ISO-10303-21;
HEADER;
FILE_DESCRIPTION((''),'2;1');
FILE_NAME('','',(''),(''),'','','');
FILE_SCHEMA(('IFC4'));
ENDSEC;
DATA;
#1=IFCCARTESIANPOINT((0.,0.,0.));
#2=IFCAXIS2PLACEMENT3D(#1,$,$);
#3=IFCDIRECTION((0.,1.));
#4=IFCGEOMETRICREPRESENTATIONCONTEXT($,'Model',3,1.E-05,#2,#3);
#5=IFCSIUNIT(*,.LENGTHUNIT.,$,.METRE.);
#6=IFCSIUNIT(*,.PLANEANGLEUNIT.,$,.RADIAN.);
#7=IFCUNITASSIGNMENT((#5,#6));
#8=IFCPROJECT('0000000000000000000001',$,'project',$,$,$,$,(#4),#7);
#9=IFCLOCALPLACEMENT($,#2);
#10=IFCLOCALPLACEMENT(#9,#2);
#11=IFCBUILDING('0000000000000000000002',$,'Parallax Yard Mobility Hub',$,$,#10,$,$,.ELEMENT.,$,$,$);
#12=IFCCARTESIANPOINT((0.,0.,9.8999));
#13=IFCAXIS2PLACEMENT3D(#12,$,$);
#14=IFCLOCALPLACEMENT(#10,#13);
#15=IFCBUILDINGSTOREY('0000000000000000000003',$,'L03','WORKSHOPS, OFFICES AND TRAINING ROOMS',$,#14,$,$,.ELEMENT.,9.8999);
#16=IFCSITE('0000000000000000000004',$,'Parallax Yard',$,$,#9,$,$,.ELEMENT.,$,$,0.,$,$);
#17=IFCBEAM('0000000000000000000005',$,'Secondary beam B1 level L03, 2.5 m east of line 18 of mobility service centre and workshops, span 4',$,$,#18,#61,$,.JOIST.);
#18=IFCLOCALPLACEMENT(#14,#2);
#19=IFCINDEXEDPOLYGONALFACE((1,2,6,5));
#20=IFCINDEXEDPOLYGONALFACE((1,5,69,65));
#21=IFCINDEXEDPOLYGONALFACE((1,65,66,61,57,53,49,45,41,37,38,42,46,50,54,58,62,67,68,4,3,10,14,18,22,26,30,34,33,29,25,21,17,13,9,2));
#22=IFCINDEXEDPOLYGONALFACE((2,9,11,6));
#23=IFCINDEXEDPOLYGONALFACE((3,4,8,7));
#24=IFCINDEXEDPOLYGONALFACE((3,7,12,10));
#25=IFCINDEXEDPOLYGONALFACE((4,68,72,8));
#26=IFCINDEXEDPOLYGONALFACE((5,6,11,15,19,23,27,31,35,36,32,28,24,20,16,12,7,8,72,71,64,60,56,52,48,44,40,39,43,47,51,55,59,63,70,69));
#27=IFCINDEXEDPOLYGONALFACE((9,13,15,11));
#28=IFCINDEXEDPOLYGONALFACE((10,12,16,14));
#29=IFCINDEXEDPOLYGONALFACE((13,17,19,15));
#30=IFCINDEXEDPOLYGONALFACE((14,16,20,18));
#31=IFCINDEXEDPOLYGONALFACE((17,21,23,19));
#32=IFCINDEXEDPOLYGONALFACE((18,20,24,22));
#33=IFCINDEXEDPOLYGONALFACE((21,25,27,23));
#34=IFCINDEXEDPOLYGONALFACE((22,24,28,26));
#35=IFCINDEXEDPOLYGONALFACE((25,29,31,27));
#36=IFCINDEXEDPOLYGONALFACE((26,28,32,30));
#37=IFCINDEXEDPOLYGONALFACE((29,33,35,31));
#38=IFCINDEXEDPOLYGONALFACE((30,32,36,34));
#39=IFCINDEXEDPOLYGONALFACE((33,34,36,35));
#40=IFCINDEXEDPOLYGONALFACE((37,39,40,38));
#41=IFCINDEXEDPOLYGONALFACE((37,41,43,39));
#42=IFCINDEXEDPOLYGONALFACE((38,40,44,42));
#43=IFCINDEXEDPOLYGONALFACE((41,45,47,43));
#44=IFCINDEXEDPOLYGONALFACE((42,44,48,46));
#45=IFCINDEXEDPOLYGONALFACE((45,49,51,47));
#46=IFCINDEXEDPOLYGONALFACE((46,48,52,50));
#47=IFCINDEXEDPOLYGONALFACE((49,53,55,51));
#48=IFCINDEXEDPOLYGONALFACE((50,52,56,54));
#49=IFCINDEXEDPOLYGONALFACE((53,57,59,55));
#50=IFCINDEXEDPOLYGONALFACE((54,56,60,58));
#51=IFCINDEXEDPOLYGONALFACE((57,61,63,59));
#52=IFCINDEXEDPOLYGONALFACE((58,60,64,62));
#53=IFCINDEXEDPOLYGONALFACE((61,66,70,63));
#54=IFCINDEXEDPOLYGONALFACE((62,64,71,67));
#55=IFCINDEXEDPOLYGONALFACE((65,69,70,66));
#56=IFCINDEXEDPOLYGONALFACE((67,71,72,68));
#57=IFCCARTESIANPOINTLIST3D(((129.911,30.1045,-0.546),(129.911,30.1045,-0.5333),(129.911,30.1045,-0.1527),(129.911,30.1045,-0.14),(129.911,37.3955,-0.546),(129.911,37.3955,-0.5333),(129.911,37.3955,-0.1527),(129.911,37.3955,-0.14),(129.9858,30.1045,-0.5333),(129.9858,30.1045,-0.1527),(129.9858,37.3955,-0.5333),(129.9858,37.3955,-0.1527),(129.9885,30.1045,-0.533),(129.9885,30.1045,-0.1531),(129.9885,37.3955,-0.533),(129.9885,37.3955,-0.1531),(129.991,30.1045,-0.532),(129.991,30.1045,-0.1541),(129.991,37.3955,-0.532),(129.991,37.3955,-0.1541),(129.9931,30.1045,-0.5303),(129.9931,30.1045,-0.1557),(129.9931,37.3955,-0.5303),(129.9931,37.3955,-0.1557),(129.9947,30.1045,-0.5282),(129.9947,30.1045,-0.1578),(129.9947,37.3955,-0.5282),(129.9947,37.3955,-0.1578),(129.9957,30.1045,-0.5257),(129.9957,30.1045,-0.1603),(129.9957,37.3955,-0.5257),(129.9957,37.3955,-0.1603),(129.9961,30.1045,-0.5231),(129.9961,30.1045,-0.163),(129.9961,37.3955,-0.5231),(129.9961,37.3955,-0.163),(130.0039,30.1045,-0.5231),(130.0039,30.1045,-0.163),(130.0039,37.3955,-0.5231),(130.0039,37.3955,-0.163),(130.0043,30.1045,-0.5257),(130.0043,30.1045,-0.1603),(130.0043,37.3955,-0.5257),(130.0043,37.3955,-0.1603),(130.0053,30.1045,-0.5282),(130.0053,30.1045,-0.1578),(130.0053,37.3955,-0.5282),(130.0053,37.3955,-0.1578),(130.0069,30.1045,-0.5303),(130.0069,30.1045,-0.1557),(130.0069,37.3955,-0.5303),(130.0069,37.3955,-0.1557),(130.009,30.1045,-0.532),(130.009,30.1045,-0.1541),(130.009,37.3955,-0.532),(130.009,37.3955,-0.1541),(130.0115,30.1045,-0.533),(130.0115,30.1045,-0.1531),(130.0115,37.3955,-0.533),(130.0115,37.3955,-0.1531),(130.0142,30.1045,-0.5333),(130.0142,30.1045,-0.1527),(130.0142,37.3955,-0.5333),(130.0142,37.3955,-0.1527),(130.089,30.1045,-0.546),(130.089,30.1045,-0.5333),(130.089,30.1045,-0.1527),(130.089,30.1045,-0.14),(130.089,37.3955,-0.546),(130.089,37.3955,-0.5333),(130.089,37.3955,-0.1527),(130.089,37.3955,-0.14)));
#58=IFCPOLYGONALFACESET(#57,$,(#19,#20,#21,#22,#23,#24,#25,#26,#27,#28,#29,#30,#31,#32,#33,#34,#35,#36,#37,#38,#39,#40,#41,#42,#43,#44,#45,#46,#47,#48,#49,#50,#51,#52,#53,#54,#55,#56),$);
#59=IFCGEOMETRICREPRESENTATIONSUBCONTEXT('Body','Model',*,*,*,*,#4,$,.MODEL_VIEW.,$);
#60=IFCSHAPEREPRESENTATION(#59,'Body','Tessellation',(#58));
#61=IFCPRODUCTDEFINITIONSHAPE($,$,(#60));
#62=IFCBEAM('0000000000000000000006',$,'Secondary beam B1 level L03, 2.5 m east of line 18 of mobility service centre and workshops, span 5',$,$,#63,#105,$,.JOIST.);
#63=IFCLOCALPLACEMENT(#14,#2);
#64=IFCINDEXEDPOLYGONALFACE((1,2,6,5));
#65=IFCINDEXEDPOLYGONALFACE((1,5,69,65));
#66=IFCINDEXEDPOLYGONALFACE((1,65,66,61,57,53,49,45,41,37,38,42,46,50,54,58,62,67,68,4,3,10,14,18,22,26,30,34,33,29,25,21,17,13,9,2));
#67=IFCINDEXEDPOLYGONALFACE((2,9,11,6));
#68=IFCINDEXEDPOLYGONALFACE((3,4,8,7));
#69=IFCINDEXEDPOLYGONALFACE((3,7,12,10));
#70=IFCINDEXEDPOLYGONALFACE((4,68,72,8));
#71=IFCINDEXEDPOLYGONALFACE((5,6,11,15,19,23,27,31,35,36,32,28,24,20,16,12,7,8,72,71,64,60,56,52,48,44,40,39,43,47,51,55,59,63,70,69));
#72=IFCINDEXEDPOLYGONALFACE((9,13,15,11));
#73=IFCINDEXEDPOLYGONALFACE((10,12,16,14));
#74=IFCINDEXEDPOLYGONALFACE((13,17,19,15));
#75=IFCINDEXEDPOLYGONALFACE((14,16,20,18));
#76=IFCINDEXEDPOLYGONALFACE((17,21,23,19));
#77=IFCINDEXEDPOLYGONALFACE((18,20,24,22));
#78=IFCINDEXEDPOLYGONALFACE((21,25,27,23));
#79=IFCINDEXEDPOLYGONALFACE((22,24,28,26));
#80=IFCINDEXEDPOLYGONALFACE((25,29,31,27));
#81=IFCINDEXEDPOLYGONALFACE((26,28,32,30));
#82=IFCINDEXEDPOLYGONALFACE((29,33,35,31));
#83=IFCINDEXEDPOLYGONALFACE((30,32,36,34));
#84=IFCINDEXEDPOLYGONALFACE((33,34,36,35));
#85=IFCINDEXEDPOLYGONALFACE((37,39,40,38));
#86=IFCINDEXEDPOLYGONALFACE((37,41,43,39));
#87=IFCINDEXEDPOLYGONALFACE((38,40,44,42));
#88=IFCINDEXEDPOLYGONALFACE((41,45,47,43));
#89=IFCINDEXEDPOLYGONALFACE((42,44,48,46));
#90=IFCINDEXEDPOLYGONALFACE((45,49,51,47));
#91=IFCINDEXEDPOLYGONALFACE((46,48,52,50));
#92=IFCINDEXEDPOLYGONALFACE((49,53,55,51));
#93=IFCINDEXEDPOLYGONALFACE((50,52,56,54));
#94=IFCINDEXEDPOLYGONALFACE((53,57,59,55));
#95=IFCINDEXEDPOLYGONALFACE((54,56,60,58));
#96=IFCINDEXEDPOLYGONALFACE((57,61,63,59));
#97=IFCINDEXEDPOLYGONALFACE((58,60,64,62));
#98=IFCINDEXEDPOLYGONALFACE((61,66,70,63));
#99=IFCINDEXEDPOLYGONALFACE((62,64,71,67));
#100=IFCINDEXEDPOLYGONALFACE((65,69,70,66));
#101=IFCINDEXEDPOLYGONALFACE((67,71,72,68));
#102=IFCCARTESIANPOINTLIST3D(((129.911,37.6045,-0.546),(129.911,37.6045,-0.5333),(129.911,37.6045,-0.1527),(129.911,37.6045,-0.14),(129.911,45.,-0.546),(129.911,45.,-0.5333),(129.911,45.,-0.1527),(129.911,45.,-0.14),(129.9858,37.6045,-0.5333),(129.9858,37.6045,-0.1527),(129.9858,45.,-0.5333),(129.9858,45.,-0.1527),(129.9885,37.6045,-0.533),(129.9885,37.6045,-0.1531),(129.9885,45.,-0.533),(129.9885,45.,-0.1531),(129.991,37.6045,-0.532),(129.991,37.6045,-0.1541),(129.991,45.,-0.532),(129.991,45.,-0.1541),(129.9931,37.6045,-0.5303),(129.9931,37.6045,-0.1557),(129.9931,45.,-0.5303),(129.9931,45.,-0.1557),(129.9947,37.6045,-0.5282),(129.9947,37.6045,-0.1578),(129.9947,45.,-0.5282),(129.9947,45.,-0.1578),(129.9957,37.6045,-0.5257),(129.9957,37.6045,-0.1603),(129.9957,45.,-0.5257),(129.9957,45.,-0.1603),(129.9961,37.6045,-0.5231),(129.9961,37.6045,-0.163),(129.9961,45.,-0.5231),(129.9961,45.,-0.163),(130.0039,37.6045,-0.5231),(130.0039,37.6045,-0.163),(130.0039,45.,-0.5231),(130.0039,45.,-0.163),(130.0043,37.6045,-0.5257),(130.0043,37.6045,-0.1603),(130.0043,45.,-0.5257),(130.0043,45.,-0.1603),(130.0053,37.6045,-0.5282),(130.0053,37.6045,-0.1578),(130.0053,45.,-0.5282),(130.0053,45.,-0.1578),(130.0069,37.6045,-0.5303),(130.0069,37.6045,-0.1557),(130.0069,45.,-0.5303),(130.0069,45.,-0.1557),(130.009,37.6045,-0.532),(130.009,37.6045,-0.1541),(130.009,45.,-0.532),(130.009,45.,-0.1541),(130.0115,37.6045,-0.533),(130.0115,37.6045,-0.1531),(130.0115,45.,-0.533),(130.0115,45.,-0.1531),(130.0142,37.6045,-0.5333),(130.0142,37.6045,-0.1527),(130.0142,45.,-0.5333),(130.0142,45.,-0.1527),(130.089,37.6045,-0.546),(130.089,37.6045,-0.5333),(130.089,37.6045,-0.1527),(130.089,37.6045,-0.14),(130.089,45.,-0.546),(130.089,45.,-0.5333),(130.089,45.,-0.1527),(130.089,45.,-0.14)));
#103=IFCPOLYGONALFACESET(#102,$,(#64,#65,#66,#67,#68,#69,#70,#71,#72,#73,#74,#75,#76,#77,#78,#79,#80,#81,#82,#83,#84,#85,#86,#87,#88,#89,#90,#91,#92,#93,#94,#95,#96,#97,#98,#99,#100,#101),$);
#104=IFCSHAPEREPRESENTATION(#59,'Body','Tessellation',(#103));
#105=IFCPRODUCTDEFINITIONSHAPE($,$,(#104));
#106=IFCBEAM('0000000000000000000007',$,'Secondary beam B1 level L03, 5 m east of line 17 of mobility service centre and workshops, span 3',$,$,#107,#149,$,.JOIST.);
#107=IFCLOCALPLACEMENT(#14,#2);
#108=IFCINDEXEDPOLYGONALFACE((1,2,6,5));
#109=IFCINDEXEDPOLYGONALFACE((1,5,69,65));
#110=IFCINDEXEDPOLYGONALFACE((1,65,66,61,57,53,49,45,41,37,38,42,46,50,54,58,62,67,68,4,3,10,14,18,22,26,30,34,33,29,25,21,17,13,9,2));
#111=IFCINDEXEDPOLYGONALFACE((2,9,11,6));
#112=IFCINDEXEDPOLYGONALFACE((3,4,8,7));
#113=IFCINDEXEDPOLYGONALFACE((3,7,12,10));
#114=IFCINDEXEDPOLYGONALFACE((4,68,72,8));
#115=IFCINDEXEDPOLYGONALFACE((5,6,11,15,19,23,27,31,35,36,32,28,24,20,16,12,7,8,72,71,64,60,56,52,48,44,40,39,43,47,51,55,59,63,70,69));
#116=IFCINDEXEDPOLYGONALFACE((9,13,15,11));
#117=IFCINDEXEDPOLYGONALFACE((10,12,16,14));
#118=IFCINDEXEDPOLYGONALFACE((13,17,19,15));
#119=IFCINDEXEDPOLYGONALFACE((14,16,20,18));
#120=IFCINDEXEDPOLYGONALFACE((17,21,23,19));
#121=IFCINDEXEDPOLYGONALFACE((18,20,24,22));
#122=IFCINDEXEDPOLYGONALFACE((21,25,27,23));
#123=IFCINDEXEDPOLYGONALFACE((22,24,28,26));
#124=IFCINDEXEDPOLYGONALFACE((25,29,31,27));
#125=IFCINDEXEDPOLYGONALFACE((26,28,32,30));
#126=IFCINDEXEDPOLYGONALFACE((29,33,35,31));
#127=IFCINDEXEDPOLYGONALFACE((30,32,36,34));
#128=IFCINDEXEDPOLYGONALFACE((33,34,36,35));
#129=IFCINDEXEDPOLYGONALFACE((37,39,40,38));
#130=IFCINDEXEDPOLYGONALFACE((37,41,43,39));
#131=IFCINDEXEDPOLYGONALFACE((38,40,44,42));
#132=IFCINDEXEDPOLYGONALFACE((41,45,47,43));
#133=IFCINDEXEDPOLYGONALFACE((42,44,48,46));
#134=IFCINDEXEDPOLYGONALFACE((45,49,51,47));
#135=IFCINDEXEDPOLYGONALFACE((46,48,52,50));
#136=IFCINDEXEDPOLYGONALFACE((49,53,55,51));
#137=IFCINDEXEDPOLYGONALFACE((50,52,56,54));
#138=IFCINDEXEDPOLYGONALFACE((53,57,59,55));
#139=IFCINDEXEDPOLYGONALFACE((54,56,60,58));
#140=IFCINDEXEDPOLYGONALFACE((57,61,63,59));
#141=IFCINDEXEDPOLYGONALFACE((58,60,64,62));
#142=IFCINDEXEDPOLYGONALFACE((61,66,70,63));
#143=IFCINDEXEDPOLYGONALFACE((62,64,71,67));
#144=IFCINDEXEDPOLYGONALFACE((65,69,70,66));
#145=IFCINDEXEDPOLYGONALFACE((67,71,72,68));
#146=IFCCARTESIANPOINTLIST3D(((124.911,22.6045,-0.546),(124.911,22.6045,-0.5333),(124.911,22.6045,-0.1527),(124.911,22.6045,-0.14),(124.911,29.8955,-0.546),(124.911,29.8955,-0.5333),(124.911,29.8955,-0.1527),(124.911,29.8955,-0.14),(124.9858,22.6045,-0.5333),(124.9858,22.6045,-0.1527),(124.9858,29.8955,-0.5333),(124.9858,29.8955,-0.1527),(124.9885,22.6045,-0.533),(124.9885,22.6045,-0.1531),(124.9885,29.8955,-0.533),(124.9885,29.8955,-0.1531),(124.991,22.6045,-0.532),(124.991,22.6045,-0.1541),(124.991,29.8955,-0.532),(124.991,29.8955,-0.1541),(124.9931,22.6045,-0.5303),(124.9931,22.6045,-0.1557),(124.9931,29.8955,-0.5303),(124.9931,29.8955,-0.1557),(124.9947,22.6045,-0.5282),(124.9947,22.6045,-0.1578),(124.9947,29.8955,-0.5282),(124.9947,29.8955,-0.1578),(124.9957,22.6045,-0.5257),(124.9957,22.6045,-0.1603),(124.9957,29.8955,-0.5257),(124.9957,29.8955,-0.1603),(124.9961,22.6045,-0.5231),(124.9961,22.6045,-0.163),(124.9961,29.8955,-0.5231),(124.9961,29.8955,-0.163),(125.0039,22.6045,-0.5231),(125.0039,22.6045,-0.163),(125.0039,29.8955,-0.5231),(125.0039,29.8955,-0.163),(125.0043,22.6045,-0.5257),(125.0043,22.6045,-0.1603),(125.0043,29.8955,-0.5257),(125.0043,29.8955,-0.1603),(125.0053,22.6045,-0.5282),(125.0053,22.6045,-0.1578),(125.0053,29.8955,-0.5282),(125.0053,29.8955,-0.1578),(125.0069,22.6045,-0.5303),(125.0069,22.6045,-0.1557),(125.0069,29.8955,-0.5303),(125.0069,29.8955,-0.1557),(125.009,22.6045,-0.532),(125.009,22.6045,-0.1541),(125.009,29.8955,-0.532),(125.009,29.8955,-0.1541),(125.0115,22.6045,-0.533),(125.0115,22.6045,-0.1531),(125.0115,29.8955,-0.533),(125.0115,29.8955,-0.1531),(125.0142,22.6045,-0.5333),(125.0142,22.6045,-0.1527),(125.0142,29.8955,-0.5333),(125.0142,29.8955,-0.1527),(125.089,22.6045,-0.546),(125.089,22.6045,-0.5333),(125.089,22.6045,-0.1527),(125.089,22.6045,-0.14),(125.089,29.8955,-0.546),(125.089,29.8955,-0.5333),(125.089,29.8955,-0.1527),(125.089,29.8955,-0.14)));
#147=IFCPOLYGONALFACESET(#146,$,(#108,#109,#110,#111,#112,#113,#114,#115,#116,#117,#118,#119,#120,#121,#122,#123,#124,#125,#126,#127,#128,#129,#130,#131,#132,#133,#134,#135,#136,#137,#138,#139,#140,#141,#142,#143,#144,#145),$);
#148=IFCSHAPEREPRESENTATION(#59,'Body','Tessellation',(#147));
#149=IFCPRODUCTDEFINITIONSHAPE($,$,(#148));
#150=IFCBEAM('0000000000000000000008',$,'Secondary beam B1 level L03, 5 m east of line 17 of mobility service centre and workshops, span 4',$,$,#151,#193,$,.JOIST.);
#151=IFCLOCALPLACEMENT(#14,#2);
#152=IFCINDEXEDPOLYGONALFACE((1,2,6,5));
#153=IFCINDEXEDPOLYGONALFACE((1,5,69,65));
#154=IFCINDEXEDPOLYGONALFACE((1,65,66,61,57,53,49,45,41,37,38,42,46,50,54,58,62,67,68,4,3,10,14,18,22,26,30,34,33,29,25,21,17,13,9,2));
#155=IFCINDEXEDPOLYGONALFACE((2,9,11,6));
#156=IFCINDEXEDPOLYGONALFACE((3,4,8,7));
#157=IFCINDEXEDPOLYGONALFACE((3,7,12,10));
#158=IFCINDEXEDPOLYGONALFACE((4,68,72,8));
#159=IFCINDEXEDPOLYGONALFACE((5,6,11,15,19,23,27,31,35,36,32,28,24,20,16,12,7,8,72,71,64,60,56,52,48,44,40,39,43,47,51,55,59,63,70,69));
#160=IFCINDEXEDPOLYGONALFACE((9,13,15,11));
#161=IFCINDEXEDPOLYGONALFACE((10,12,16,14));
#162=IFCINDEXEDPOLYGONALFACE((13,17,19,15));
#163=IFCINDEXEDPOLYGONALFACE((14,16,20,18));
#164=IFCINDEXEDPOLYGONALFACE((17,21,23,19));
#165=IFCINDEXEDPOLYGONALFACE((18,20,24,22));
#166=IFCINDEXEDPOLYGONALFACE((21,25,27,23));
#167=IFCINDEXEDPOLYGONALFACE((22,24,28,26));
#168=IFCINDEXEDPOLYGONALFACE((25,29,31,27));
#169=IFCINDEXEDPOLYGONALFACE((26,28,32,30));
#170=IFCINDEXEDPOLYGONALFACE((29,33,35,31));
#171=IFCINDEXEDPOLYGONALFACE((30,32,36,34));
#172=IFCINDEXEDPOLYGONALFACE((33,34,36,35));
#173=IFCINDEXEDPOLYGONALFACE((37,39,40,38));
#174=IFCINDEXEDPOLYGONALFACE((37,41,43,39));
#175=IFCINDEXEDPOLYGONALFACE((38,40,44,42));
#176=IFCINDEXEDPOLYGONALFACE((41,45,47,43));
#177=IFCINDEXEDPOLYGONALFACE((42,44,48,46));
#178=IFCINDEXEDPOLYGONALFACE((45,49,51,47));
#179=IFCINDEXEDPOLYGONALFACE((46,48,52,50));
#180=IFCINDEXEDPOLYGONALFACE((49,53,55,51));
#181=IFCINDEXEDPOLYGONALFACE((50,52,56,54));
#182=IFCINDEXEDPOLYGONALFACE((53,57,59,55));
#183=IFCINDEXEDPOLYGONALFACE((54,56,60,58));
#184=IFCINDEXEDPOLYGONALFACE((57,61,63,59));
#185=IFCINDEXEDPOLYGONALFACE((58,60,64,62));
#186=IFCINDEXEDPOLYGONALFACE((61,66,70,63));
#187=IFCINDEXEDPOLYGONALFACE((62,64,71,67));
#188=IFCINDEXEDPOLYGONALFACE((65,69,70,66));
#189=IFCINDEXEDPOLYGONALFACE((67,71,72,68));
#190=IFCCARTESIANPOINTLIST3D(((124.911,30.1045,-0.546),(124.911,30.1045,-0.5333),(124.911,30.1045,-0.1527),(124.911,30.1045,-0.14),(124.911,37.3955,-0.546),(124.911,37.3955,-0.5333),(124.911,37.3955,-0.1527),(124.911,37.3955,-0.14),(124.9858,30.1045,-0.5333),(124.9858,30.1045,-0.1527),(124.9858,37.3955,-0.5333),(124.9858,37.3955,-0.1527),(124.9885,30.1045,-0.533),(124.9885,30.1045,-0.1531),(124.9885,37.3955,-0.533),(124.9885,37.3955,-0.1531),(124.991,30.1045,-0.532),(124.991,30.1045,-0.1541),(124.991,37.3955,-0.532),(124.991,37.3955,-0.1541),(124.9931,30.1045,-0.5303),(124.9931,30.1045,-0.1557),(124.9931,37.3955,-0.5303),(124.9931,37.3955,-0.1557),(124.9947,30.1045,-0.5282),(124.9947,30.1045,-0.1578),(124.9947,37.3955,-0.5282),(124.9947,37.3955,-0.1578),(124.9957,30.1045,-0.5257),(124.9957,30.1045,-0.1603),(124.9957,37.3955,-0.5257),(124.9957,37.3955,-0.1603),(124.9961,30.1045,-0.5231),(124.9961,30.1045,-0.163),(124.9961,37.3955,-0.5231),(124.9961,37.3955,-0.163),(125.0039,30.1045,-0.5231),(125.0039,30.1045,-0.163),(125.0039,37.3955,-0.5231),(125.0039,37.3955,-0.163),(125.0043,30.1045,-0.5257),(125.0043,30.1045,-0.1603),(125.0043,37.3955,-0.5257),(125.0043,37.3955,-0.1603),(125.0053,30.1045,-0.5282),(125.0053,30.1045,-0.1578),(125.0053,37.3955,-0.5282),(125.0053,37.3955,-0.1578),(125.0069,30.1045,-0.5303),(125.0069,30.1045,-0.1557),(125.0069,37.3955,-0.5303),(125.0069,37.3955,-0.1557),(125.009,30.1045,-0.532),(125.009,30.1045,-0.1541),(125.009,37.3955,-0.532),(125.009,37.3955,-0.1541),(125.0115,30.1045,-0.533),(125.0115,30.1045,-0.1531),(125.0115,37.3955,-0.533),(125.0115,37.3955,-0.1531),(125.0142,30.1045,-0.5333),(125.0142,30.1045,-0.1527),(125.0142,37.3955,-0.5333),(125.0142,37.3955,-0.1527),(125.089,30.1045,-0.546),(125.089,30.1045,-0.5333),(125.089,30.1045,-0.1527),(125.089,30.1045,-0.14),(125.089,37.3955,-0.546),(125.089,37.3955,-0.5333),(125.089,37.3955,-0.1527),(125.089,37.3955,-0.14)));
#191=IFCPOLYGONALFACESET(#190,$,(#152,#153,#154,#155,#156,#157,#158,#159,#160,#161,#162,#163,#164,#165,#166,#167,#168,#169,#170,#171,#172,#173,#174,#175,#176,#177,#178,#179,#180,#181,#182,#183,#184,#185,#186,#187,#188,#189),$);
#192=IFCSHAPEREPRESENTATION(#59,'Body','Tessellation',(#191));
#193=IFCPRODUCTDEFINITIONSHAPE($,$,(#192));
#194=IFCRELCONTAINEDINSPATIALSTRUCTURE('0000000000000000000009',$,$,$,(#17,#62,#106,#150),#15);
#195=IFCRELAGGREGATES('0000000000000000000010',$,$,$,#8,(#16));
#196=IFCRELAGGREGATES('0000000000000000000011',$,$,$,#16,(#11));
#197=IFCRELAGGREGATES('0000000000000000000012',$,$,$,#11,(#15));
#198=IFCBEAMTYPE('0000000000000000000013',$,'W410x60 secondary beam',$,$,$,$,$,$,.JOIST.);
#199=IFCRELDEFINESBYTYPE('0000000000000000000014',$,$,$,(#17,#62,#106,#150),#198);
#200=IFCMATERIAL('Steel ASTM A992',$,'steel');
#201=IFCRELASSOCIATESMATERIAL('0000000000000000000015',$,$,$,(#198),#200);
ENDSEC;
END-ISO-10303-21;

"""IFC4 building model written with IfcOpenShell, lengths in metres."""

from ifc_helpers import new_model, si_unit, direction, frame, origin, origin_2d, place, context, subcontext, project, spatial, i_section, extrude, material, material_profile, profile_set, type_object, element, save


model = new_model("IFC4")

# Units and contexts
model_context = context("Model", 3, precision=1e-05, world=origin(), true_north=direction((0.0, 1.0)))
body_context = subcontext(model_context, "Body", "Model", "MODEL_VIEW")
ifc_project = project(units=[si_unit("LENGTHUNIT", "METRE"), si_unit("PLANEANGLEUNIT", "RADIAN")], contexts=[model_context])

# Site, building, storey
site_placement = place(None, origin())
site = spatial("IfcSite", under=ifc_project, at=site_placement, Name="Parallax Yard", CompositionType="ELEMENT", RefElevation=0.0)
building_placement = place(site_placement, origin())
building = spatial("IfcBuilding", under=site, at=building_placement, Name="Parallax Yard Mobility Hub", CompositionType="ELEMENT")
storey_placement = place(building_placement, frame((0.0, 0.0, 9.8999)))
storey = spatial("IfcBuildingStorey", under=building, at=storey_placement, Name="L03", Description="WORKSHOPS, OFFICES AND TRAINING ROOMS", CompositionType="ELEMENT", Elevation=9.8999)

# Shared definitions
ifc_material_1 = material(Name="Steel ASTM A992", Category="steel")

# Beams
ifc_material_profile_1 = material_profile(ifc_material_1, i_section(OverallWidth=0.178, OverallDepth=0.406, WebThickness=0.0078, FlangeThickness=0.0127, FilletRadius=0.0103, at=origin_2d()), Name="W410x60")
ifc_profile_set_1 = profile_set([ifc_material_profile_1], Name="Steel ASTM A992")
beam_type_1 = type_object("IfcBeamType", Name="W410x60 secondary beam", PredefinedType="JOIST", material=ifc_profile_set_1)
for number, where, z_axis, x_axis, name in (
    (1, (130.0, 30.1045, -0.343), (0.0, 1.0, 0.0), (-1.0, 0.0, 0.0), "Secondary beam B1 level L03, 2.5 m east of line 18 of mobility service centre and workshops, span 4"),
):
    element("IfcBeam", number, at=place(storey_placement, frame(where, z_axis=z_axis, x_axis=x_axis)), inside=storey, type_object=beam_type_1, Name=name, PredefinedType="JOIST", context=body_context, shape_type="SweptSolid", body=[
        extrude(i_section(OverallWidth=0.178, OverallDepth=0.406, WebThickness=0.0078, FlangeThickness=0.0127, FilletRadius=0.0103, at=origin_2d()), origin(), (0.0, 0.0, 1.0), 7.291),
    ])
beam_1_placement = place(storey_placement, frame((130.0, 37.6045, -0.343), z_axis=(0.0, 1.0, 0.0), x_axis=(-1.0, 0.0, 0.0)))
element("IfcBeam", 2, at=beam_1_placement, inside=storey, type_object=beam_type_1, Name="Secondary beam B1 level L03, 2.5 m east of line 18 of mobility service centre and workshops, span 5", PredefinedType="JOIST", context=body_context, shape_type="SweptSolid", body=[
    extrude(i_section(OverallWidth=0.178, OverallDepth=0.406, WebThickness=0.0078, FlangeThickness=0.0127, FilletRadius=0.0103, at=origin_2d()), origin(), (0.0, 0.0, 1.0), 7.3955),
])
for number, where, z_axis, x_axis, name in (
    (3, (125.0, 22.6045, -0.343), (0.0, 1.0, 0.0), (-1.0, 0.0, 0.0), "Secondary beam B1 level L03, 5 m east of line 17 of mobility service centre and workshops, span 3"),
    (4, (125.0, 30.1045, -0.343), (0.0, 1.0, 0.0), (-1.0, 0.0, 0.0), "Secondary beam B1 level L03, 5 m east of line 17 of mobility service centre and workshops, span 4"),
):
    element("IfcBeam", number, at=place(storey_placement, frame(where, z_axis=z_axis, x_axis=x_axis)), inside=storey, type_object=beam_type_1, Name=name, PredefinedType="JOIST", context=body_context, shape_type="SweptSolid", body=[
        extrude(i_section(OverallWidth=0.178, OverallDepth=0.406, WebThickness=0.0078, FlangeThickness=0.0127, FilletRadius=0.0103, at=origin_2d()), origin(), (0.0, 0.0, 1.0), 7.291),
    ])

save(model, "model.ifc")
